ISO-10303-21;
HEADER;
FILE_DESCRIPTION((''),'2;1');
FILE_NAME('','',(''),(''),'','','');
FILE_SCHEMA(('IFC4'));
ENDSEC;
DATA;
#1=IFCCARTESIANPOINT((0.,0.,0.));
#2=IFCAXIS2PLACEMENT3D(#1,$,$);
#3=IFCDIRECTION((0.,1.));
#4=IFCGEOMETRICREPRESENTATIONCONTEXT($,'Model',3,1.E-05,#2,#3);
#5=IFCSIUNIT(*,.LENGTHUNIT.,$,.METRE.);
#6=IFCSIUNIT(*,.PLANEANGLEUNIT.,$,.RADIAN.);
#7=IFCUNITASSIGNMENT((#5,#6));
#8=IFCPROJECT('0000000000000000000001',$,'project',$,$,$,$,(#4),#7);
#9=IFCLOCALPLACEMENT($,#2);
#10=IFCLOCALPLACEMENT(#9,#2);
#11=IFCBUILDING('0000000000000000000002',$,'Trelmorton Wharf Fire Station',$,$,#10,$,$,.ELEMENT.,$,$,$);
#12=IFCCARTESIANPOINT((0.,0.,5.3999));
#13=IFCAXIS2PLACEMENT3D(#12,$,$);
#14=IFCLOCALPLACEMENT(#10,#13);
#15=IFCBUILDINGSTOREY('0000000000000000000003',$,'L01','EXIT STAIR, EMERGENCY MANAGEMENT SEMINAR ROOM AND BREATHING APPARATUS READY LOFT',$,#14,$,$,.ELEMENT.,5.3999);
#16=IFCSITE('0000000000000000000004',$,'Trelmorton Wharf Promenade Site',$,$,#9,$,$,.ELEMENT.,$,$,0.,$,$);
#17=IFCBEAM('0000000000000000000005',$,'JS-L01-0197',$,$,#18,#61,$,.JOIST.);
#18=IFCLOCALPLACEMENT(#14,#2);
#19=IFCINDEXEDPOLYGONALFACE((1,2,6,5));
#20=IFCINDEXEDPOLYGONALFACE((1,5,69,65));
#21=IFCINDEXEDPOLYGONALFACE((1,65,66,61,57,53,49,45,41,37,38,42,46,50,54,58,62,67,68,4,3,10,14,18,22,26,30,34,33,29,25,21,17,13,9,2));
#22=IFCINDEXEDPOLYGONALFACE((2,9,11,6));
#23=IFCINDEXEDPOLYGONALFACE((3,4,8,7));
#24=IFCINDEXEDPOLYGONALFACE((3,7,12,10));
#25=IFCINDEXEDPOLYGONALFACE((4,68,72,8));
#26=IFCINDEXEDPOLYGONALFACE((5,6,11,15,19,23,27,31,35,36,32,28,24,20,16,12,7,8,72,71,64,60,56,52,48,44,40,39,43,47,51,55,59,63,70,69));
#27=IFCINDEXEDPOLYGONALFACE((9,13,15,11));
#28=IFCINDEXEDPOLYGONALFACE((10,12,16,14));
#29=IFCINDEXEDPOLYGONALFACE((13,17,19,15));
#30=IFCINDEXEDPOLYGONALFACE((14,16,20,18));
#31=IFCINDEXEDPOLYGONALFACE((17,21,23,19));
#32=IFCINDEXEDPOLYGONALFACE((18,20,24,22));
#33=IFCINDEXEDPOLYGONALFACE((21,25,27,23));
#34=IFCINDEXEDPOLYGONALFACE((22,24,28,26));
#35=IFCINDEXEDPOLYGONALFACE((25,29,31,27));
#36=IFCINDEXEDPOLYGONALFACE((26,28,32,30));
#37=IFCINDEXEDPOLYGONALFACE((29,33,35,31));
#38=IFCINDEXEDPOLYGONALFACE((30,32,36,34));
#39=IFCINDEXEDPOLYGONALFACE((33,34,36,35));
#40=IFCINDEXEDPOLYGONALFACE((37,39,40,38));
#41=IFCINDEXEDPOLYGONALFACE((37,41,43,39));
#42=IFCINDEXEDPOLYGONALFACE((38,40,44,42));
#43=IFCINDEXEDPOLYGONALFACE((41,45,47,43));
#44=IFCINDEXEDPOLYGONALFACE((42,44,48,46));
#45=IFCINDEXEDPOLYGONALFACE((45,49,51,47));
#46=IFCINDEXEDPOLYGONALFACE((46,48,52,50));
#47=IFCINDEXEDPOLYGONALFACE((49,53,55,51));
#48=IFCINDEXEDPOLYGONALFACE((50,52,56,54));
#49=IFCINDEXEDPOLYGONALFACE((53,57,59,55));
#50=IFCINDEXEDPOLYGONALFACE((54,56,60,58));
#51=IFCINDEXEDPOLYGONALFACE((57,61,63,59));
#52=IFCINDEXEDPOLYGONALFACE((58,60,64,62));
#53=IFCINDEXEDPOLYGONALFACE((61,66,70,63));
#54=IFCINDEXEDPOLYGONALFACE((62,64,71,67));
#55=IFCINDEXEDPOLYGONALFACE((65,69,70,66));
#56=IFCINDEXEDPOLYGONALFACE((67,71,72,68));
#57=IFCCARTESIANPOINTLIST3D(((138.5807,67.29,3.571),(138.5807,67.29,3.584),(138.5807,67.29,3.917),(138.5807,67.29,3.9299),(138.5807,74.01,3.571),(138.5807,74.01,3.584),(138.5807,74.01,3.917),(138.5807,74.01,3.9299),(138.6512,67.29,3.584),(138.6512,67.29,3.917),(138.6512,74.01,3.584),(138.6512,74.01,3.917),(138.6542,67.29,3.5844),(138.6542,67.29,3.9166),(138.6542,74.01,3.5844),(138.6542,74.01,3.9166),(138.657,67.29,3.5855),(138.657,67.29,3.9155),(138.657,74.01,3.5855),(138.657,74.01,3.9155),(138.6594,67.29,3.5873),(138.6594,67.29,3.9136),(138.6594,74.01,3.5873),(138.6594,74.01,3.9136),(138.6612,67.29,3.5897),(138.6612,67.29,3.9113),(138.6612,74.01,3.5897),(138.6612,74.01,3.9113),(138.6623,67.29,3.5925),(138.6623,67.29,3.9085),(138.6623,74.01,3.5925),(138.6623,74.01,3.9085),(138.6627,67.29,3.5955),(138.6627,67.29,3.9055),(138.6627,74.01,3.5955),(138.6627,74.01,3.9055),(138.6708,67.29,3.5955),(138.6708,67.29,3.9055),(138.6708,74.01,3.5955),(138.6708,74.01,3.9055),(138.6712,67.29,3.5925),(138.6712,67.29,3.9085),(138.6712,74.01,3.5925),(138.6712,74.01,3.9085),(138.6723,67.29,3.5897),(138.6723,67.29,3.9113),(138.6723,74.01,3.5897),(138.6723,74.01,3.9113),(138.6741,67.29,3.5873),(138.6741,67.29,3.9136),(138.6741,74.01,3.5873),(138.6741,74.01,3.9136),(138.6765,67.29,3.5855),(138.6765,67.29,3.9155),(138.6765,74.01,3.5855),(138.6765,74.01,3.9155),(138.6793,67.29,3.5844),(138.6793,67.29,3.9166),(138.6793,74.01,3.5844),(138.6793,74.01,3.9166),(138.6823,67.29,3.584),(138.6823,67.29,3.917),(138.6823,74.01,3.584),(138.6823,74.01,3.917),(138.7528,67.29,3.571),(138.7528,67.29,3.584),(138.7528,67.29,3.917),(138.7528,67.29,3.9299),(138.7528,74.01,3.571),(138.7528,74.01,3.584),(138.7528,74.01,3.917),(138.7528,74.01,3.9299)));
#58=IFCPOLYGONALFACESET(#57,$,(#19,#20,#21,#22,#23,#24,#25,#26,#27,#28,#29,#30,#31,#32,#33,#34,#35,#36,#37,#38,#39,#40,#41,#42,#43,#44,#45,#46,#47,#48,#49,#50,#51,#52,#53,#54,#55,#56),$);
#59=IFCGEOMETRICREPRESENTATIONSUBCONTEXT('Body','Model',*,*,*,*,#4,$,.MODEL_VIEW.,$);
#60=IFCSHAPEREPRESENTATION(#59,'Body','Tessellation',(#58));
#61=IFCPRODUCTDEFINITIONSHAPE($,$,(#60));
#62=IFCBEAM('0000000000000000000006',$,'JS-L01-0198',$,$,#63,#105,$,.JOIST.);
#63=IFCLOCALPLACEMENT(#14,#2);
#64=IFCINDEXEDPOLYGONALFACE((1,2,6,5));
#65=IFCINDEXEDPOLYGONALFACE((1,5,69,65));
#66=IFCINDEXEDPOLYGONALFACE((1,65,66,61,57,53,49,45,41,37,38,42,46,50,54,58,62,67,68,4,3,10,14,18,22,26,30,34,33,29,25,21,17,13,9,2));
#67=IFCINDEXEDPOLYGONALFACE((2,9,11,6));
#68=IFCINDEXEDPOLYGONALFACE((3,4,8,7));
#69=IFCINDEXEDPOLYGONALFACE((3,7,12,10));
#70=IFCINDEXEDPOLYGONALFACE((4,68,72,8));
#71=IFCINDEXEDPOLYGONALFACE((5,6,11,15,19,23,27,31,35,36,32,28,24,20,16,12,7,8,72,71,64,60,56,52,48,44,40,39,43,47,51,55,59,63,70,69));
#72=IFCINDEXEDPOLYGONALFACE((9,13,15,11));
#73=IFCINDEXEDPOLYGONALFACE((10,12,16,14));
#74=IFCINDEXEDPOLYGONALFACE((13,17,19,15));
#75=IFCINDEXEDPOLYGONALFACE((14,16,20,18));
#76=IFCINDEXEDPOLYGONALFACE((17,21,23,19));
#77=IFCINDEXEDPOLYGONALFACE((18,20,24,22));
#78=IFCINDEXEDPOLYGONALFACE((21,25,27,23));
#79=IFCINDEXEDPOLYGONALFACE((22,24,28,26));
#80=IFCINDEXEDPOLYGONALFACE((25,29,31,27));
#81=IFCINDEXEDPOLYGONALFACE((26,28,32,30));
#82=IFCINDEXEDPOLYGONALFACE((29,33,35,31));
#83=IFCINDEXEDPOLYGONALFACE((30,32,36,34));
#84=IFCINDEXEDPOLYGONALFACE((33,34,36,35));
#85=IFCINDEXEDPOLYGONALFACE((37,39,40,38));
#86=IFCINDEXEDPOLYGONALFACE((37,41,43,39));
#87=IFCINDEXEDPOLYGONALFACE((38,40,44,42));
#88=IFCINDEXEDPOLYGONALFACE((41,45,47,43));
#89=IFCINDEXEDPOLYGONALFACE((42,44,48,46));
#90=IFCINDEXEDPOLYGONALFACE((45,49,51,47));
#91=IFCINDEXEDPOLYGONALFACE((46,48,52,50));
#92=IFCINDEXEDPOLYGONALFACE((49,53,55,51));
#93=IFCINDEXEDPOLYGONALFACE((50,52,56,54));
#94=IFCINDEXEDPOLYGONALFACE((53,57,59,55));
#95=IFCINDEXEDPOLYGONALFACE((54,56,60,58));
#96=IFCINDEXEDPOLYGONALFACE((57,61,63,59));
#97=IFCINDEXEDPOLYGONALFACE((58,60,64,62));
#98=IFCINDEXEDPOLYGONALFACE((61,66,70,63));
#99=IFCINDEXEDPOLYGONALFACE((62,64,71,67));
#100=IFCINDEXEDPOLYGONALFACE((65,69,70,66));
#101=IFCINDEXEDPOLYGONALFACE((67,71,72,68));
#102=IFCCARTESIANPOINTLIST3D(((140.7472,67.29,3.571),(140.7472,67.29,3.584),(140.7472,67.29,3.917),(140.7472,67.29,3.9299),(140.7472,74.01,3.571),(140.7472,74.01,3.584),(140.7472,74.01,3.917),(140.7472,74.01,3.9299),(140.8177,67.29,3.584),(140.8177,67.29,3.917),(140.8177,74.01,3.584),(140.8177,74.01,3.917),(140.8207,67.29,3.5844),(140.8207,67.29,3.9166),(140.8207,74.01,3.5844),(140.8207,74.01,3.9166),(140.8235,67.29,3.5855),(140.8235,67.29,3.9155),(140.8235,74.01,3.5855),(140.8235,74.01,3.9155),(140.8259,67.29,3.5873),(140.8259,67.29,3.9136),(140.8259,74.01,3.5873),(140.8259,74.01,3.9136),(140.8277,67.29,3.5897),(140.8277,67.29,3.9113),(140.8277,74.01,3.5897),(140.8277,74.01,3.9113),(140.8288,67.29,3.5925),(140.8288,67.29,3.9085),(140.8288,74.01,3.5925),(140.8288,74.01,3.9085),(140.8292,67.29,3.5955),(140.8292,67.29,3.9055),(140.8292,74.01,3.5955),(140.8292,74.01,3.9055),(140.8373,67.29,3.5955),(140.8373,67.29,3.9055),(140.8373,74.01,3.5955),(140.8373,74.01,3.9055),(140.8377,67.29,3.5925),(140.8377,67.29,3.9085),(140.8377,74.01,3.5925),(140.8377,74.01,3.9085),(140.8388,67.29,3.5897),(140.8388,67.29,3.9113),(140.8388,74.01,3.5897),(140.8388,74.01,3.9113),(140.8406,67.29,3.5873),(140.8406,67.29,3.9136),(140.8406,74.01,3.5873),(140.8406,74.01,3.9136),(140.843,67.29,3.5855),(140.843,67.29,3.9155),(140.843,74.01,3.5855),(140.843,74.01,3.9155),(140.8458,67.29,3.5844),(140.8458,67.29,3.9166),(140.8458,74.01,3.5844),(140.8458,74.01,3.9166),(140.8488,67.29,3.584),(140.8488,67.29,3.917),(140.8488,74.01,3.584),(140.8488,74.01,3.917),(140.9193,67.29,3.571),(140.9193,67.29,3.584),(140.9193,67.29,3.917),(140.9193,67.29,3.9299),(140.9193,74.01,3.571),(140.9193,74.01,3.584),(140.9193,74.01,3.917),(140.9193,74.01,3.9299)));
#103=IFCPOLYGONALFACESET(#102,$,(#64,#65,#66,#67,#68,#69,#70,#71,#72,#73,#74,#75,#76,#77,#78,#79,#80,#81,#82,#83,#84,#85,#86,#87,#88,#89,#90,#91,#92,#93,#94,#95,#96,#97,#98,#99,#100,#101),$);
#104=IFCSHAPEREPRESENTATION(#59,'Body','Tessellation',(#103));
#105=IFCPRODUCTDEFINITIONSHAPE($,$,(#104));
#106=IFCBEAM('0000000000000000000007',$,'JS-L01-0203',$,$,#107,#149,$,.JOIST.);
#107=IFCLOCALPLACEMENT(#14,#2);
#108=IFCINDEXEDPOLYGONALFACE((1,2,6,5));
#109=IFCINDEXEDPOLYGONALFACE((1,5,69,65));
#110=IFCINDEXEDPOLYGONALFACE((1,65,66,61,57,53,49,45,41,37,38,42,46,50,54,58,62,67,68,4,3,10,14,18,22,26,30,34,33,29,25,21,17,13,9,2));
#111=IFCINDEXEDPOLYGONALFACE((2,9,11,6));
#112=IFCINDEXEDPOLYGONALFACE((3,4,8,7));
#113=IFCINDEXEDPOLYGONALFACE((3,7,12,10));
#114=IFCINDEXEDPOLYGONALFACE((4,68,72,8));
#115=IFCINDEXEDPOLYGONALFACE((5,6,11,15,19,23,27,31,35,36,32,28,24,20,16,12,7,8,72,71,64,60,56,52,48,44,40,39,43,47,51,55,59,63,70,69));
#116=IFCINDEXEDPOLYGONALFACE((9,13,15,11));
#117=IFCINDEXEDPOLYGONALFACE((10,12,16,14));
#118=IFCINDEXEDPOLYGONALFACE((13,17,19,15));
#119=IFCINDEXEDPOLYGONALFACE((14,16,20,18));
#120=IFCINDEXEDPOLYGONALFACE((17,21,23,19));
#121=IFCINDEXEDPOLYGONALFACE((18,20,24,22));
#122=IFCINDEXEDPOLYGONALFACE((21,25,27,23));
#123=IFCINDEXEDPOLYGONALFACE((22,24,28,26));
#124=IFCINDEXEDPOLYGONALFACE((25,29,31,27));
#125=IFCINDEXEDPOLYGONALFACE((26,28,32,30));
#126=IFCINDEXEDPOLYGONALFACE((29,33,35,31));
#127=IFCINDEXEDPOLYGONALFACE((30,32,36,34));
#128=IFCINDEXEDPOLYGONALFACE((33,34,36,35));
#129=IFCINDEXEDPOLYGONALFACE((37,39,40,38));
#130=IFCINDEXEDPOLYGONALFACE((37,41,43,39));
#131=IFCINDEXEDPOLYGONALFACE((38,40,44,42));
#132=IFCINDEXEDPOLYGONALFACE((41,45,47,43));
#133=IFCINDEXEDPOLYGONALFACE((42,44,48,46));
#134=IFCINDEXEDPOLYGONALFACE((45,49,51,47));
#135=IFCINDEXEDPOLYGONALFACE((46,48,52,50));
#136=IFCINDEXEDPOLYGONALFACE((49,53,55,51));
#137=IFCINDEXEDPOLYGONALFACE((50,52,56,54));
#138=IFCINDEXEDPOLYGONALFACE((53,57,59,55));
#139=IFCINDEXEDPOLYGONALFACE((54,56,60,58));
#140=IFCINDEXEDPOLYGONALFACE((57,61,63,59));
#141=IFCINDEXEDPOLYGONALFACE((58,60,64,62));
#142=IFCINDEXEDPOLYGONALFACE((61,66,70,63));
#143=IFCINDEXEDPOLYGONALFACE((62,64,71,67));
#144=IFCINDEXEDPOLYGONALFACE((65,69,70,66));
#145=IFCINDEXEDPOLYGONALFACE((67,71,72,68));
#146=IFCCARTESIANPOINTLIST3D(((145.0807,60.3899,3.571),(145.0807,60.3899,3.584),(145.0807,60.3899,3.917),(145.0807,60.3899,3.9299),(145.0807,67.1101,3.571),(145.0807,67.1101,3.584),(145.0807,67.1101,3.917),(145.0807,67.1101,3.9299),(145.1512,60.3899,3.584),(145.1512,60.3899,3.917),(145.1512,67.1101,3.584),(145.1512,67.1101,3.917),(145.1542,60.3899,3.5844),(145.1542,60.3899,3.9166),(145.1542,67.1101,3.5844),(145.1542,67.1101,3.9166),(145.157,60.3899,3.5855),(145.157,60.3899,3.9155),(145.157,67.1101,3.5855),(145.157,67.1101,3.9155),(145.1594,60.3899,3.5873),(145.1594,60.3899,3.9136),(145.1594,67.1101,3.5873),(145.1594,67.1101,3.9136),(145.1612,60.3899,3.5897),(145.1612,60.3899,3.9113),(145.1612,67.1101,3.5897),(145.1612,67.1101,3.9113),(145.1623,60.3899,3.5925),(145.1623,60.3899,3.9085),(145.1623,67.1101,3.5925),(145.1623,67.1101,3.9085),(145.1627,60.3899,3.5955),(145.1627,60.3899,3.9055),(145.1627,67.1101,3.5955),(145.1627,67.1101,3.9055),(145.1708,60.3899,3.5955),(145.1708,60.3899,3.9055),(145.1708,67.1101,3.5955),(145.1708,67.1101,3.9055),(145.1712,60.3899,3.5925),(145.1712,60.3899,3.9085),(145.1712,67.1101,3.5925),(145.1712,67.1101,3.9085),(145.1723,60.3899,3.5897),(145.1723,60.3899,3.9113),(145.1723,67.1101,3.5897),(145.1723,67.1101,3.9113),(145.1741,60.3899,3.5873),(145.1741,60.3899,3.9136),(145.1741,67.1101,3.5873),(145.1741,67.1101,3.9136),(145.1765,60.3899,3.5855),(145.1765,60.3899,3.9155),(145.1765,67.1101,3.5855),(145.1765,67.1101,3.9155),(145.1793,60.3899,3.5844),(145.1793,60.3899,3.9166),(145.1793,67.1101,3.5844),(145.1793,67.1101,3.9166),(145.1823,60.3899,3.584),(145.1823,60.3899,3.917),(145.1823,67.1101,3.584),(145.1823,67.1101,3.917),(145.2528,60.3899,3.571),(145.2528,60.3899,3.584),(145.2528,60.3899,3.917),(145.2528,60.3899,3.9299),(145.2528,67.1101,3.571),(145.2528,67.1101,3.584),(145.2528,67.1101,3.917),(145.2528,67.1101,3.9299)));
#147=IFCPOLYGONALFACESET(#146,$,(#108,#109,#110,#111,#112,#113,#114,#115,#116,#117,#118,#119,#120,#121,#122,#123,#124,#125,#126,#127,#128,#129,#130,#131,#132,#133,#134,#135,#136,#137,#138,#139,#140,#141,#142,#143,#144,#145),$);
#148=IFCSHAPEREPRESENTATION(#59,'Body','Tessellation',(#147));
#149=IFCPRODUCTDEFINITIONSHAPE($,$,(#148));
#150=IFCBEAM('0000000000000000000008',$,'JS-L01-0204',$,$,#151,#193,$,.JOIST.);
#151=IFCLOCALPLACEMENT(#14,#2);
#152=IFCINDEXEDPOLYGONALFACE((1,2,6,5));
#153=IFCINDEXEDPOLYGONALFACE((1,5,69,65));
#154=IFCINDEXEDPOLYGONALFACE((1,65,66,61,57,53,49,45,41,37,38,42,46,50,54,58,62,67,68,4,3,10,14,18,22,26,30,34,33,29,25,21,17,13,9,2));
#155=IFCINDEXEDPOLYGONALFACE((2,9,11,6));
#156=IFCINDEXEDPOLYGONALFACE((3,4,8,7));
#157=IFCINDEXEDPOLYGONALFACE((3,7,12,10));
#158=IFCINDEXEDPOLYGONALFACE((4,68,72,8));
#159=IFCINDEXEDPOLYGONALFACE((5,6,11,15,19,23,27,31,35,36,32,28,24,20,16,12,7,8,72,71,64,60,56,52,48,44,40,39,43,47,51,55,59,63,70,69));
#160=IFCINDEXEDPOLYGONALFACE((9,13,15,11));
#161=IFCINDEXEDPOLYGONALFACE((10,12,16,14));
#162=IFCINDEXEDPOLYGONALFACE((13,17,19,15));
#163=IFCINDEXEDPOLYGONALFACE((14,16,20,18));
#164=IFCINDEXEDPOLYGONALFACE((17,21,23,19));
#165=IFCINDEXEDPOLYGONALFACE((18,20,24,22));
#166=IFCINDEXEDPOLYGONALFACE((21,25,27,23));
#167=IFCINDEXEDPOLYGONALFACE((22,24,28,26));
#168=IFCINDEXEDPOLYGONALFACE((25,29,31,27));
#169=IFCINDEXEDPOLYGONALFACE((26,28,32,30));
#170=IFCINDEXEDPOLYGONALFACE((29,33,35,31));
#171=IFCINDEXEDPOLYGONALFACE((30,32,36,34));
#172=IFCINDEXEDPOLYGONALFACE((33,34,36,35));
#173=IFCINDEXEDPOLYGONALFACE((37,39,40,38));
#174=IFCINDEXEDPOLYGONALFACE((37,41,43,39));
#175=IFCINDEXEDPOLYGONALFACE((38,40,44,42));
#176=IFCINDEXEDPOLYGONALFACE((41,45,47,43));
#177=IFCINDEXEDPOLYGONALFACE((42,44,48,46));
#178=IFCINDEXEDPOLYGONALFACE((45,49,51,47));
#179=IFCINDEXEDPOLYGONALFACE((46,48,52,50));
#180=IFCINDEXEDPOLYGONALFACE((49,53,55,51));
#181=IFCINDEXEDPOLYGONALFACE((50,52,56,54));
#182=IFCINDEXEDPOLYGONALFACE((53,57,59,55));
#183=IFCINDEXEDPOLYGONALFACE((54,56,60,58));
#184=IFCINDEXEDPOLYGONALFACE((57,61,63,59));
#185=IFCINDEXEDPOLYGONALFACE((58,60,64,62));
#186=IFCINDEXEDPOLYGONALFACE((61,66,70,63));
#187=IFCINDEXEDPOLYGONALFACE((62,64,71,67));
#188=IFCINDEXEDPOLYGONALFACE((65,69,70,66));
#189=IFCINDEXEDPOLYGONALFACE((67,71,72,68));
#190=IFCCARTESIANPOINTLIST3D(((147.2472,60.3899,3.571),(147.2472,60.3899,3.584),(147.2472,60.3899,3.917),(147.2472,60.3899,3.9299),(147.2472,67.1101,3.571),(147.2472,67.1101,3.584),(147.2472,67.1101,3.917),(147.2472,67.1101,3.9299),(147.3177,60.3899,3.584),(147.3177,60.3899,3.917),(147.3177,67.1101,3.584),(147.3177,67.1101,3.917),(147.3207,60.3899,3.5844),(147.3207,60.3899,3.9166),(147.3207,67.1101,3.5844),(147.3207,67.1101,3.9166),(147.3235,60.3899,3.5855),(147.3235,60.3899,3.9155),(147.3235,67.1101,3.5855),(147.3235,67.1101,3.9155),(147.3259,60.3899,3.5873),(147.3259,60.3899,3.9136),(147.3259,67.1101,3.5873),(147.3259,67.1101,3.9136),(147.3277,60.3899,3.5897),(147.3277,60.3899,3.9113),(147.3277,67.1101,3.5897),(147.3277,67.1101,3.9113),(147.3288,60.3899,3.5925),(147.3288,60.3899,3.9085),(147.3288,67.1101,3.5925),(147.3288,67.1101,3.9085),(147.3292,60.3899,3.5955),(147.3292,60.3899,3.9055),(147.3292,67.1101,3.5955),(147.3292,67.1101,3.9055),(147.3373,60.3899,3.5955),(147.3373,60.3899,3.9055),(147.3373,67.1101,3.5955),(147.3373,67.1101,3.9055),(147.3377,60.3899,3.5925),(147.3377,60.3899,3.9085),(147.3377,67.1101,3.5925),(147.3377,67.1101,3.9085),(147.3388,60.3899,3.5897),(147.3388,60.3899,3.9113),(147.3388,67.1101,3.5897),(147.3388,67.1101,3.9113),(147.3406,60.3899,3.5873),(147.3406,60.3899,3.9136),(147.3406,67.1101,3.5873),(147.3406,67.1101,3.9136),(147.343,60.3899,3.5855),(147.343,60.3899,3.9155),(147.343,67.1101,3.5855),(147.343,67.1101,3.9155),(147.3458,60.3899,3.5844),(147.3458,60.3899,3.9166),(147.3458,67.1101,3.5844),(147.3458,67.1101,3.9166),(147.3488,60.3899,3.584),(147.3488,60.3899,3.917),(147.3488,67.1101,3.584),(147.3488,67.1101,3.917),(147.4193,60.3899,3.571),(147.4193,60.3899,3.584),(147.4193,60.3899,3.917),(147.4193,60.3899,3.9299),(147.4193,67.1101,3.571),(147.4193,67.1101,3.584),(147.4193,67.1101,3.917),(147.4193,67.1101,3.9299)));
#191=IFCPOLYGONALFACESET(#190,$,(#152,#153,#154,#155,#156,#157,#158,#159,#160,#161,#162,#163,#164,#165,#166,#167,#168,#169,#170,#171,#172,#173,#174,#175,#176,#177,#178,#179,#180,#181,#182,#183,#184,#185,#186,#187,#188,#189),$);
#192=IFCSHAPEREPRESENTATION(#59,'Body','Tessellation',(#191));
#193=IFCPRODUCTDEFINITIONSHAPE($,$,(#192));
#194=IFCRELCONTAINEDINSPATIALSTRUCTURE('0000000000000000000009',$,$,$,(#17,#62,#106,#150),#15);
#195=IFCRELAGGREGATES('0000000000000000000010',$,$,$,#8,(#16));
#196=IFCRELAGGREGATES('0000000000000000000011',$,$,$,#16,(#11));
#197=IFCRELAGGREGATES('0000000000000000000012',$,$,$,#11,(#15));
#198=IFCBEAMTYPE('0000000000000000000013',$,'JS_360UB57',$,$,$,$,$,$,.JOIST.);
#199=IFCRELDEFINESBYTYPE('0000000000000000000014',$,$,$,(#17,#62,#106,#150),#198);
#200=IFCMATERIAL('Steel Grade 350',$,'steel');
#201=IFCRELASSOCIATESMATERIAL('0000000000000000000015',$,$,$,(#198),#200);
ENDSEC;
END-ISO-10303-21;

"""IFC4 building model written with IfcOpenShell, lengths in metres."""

from ifc_helpers import new_model, si_unit, direction, frame, origin, origin_2d, place, context, subcontext, project, spatial, i_section, extrude, material, material_profile, profile_set, type_object, element, save


model = new_model("IFC4")

# Units and contexts
model_context = context("Model", 3, precision=1e-05, world=origin(), true_north=direction((0.0, 1.0)))
body_context = subcontext(model_context, "Body", "Model", "MODEL_VIEW")
ifc_project = project(units=[si_unit("LENGTHUNIT", "METRE"), si_unit("PLANEANGLEUNIT", "RADIAN")], contexts=[model_context])

# Site, building, storey
site_placement = place(None, origin())
site = spatial("IfcSite", under=ifc_project, at=site_placement, Name="Trelmorton Wharf Promenade Site", CompositionType="ELEMENT", RefElevation=0.0)
building_placement = place(site_placement, origin())
building = spatial("IfcBuilding", under=site, at=building_placement, Name="Trelmorton Wharf Fire Station", CompositionType="ELEMENT")
storey_placement = place(building_placement, frame((0.0, 0.0, 5.3999)))
storey = spatial("IfcBuildingStorey", under=building, at=storey_placement, Name="L01", Description="EXIT STAIR, EMERGENCY MANAGEMENT SEMINAR ROOM AND BREATHING APPARATUS READY LOFT", CompositionType="ELEMENT", Elevation=5.3999)

# Shared definitions
ifc_material_1 = material(Name="Steel Grade 350", Category="steel")

# Beams
ifc_material_profile_1 = material_profile(ifc_material_1, i_section(OverallWidth=0.1721, OverallDepth=0.3589, WebThickness=0.0081, FlangeThickness=0.0129, FilletRadius=0.0115, at=origin_2d()), Name="360UB56.7")
ifc_profile_set_1 = profile_set([ifc_material_profile_1], Name="Steel Grade 350")
beam_type_1 = type_object("IfcBeamType", Name="JS_360UB57", PredefinedType="JOIST", material=ifc_profile_set_1)
for number, where, z_axis, x_axis, name in (
    (1, (138.6667, 67.29, 3.7505), (0.0, 1.0, 0.0), (-1.0, 0.0, 0.0), "JS-L01-0197"),
    (2, (140.8333, 67.29, 3.7505), (0.0, 1.0, 0.0), (-1.0, 0.0, 0.0), "JS-L01-0198"),
):
    element("IfcBeam", number, at=place(storey_placement, frame(where, z_axis=z_axis, x_axis=x_axis)), inside=storey, type_object=beam_type_1, Name=name, PredefinedType="JOIST", context=body_context, shape_type="SweptSolid", body=[
        extrude(i_section(OverallWidth=0.1721, OverallDepth=0.3589, WebThickness=0.0081, FlangeThickness=0.0129, FilletRadius=0.0115, at=origin_2d()), origin(), (0.0, 0.0, 1.0), 6.72),
    ])
for number, where, z_axis, x_axis, name in (
    (3, (145.1667, 60.3899, 3.7505), (0.0, 1.0, 0.0), (-1.0, 0.0, 0.0), "JS-L01-0203"),
    (4, (147.3333, 60.3899, 3.7505), (0.0, 1.0, 0.0), (-1.0, 0.0, 0.0), "JS-L01-0204"),
):
    element("IfcBeam", number, at=place(storey_placement, frame(where, z_axis=z_axis, x_axis=x_axis)), inside=storey, type_object=beam_type_1, Name=name, PredefinedType="JOIST", context=body_context, shape_type="SweptSolid", body=[
        extrude(i_section(OverallWidth=0.1721, OverallDepth=0.3589, WebThickness=0.0081, FlangeThickness=0.0129, FilletRadius=0.0115, at=origin_2d()), origin(), (0.0, 0.0, 1.0), 6.7202),
    ])

save(model, "model.ifc")
